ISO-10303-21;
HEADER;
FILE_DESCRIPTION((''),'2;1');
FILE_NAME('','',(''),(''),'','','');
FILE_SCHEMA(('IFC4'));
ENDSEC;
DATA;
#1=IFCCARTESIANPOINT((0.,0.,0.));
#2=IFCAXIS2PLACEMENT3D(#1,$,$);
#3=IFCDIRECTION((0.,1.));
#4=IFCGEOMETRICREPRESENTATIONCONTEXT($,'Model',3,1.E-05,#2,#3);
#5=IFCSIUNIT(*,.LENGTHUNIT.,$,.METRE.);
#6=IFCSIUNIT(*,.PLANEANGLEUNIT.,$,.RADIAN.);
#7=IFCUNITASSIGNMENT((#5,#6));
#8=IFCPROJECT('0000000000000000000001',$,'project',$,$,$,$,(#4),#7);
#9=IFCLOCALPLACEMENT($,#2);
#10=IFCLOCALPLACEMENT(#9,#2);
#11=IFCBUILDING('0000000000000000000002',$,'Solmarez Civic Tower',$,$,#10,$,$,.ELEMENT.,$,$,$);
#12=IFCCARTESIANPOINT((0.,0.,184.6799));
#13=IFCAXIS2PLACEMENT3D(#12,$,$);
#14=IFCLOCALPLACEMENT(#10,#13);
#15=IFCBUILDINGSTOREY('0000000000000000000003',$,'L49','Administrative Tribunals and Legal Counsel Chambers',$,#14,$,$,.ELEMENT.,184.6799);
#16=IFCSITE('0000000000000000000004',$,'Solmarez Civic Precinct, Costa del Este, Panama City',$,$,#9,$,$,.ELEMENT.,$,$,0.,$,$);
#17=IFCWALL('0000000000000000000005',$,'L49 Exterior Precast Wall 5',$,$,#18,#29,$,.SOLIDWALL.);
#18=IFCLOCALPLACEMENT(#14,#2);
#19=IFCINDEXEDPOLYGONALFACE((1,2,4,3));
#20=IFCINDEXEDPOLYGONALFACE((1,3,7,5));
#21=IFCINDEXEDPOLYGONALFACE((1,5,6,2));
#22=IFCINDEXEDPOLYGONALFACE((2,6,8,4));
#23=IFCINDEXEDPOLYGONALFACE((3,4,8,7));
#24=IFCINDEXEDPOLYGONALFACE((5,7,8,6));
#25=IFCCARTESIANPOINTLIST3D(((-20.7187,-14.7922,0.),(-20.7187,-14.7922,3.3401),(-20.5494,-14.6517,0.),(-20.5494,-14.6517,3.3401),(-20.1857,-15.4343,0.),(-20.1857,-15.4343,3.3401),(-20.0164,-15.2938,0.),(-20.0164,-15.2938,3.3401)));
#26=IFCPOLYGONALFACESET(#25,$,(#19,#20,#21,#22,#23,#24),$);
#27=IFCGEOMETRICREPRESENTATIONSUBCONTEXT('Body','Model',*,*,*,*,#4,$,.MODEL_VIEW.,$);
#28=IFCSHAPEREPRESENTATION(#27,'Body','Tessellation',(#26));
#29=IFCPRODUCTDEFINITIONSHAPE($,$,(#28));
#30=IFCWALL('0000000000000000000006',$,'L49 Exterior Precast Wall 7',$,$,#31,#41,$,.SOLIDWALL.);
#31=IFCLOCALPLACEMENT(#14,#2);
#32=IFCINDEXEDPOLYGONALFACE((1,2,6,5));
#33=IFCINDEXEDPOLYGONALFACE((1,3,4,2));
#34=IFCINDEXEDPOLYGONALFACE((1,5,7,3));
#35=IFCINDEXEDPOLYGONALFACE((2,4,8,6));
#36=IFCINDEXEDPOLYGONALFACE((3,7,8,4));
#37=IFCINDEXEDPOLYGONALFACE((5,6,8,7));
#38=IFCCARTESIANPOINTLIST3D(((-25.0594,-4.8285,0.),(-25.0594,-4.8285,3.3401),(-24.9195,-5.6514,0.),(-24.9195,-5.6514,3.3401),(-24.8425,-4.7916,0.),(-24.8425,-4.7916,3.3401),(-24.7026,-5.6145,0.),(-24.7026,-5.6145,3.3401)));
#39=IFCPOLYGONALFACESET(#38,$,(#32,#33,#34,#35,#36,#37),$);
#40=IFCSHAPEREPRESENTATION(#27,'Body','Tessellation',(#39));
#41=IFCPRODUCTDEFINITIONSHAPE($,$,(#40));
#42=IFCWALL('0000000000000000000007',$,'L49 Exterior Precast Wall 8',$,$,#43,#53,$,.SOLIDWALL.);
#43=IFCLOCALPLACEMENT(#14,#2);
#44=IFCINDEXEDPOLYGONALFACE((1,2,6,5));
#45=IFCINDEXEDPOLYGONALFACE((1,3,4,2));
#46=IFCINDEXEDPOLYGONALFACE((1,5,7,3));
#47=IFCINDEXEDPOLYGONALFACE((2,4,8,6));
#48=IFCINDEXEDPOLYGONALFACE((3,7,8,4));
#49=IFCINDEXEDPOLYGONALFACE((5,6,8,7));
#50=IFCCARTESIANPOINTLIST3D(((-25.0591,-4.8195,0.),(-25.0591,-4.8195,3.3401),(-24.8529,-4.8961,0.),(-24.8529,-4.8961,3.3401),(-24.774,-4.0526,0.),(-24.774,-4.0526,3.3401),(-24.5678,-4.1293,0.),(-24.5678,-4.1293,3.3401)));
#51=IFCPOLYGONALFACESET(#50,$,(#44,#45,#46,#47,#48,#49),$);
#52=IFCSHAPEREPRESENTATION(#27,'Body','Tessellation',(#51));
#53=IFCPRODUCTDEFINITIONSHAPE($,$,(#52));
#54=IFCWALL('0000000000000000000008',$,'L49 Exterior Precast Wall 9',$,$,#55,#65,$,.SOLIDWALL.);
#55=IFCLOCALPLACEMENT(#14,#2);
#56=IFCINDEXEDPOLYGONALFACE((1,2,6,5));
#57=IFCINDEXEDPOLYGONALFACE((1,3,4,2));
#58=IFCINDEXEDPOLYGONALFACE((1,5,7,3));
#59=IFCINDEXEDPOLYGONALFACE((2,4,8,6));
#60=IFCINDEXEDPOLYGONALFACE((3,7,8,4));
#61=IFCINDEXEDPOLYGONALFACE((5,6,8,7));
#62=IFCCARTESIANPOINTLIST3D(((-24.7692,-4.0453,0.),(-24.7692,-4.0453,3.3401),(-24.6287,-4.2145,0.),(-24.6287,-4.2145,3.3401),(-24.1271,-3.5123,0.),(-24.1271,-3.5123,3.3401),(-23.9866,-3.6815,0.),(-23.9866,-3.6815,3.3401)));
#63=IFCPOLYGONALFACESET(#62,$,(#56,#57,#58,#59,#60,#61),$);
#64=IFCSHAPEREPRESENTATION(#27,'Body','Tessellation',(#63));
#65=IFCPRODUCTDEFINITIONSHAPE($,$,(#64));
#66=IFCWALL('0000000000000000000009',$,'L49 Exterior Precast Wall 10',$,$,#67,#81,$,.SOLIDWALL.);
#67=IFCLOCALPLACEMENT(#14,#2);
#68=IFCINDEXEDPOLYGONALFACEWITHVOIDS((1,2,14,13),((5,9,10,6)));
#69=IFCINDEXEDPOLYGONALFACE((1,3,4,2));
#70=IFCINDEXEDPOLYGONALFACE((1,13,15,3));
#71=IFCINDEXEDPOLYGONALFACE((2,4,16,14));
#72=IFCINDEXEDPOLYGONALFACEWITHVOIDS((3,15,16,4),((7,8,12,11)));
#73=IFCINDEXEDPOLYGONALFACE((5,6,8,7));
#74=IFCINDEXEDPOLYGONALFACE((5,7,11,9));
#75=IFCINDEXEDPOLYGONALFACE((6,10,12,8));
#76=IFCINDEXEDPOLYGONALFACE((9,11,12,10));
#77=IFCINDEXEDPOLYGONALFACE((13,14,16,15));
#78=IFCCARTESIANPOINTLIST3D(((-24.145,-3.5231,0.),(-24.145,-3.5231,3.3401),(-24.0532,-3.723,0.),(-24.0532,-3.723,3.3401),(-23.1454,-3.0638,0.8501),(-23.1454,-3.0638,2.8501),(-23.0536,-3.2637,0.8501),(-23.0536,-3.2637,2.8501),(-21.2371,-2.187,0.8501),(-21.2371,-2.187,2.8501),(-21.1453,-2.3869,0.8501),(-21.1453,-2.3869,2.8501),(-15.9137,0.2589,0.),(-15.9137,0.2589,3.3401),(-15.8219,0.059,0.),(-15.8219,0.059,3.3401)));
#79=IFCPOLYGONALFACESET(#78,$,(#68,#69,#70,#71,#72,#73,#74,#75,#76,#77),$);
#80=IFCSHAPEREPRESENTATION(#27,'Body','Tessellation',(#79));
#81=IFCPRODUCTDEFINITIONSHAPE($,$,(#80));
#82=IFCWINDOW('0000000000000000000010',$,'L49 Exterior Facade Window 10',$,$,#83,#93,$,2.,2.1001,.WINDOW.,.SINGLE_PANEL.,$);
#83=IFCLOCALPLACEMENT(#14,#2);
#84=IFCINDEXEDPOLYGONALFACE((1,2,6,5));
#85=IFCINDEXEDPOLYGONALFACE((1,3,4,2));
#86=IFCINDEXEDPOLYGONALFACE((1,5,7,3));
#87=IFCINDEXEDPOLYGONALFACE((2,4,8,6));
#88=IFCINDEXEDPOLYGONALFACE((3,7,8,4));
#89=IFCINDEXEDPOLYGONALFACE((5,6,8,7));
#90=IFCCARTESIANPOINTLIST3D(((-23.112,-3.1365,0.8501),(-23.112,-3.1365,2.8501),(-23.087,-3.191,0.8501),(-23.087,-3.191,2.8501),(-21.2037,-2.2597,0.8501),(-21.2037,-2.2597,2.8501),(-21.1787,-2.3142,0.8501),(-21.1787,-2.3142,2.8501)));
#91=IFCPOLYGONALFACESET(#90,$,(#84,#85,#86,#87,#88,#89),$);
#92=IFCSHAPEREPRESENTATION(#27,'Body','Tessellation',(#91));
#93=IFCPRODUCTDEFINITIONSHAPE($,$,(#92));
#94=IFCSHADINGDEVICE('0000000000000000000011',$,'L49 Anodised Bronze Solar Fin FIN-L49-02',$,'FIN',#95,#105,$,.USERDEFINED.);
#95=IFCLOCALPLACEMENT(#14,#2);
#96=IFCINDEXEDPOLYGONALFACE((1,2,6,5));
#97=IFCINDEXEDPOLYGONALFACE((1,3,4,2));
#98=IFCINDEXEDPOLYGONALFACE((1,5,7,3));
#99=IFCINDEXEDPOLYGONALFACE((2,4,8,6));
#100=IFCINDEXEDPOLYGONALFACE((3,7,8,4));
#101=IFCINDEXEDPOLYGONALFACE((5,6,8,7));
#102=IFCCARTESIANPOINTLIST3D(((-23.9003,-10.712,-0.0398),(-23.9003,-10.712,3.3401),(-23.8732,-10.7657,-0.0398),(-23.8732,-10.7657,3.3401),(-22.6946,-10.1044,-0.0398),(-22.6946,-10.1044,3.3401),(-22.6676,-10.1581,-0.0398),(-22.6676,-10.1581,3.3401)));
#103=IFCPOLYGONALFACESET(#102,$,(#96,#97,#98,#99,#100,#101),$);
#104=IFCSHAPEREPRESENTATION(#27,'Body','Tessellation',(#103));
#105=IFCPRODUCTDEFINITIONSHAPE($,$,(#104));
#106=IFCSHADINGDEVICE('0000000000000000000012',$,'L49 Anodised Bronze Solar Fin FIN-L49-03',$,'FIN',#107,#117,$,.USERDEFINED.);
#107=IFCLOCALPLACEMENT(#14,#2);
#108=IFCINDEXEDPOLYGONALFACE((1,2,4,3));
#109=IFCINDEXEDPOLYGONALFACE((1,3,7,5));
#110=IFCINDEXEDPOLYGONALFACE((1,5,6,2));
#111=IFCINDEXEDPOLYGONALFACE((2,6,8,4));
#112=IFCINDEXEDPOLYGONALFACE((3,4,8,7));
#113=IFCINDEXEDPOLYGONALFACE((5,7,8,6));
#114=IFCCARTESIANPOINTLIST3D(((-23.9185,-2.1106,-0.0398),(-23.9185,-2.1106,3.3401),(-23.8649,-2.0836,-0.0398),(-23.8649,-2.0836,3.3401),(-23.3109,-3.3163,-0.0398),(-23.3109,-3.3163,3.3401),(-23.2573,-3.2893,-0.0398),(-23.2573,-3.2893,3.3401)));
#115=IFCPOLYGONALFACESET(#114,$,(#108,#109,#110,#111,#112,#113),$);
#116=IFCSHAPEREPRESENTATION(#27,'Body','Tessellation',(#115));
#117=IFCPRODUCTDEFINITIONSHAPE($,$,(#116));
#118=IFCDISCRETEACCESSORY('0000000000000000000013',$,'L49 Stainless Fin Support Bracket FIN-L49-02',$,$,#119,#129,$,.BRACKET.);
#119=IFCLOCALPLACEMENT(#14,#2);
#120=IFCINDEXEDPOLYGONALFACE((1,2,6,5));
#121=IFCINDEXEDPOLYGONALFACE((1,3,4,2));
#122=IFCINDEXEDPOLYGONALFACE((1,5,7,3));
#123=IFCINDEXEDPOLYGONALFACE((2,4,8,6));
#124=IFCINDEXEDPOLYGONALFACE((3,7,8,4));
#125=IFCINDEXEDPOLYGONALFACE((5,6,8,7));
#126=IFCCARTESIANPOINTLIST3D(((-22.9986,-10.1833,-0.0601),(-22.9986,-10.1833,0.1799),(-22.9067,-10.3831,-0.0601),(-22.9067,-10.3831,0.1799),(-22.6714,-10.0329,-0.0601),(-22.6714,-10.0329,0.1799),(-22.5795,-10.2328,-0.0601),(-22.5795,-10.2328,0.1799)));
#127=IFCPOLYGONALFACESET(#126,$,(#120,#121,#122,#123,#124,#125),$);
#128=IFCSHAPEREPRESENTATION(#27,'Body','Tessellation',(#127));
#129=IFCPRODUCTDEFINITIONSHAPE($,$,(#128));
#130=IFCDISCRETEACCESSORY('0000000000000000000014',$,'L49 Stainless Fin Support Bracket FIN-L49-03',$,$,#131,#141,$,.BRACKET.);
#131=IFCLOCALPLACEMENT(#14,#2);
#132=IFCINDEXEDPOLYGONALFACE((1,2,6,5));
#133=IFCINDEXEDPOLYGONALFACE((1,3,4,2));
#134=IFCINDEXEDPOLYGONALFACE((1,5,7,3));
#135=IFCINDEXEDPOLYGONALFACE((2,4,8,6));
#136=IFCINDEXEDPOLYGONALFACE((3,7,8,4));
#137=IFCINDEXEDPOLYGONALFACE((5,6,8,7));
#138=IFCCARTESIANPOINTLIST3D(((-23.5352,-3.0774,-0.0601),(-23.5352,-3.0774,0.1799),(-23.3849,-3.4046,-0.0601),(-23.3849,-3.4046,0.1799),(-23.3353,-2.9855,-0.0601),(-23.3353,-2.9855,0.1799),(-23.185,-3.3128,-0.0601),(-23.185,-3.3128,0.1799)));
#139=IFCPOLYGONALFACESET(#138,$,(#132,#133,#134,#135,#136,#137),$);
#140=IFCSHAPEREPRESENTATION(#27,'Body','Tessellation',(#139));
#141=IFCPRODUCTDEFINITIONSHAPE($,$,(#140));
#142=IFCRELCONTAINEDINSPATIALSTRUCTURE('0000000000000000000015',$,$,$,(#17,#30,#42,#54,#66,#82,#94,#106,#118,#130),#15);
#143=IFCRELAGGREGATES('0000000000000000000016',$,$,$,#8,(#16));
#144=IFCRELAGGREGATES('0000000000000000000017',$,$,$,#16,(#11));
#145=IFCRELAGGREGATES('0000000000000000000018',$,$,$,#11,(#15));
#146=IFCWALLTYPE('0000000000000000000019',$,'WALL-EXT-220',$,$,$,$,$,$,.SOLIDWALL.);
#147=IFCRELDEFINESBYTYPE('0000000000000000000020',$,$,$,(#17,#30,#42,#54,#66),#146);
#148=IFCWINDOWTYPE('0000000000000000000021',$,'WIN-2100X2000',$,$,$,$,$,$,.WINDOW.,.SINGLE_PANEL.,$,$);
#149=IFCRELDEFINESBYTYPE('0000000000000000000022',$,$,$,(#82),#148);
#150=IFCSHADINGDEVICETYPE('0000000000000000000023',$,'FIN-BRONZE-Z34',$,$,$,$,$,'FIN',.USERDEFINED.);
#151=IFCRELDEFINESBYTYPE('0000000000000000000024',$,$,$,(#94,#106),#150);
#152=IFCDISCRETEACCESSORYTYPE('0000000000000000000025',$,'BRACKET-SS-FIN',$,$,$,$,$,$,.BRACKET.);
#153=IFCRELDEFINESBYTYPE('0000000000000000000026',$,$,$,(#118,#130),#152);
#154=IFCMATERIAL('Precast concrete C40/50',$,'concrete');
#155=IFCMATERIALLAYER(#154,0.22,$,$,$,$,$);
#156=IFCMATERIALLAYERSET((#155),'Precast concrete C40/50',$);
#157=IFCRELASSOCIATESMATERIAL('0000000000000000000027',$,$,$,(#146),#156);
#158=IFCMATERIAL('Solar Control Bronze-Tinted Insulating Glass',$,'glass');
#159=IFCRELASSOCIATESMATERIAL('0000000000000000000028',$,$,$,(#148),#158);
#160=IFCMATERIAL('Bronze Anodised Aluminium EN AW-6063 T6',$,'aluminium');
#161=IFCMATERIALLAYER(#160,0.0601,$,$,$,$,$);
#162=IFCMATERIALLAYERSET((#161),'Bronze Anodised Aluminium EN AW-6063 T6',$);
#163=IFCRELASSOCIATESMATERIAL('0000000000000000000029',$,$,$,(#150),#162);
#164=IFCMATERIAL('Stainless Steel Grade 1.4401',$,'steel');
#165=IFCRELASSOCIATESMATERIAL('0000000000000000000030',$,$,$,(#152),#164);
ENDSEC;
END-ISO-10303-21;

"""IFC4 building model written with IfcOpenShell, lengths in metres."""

from ifc_helpers import new_model, si_unit, direction, frame, frame_2d, origin, origin_2d, place, context, subcontext, project, spatial, rectangle, extrude, material, layer, layer_set, type_object, element, fill, save


model = new_model("IFC4")

# Units and contexts
model_context = context("Model", 3, precision=1e-05, world=origin(), true_north=direction((0.0, 1.0)))
body_context = subcontext(model_context, "Body", "Model", "MODEL_VIEW")
ifc_project = project(units=[si_unit("LENGTHUNIT", "METRE"), si_unit("PLANEANGLEUNIT", "RADIAN")], contexts=[model_context])

# Site, building, storey
site_placement = place(None, origin())
site = spatial("IfcSite", under=ifc_project, at=site_placement, Name="Solmarez Civic Precinct, Costa del Este, Panama City", CompositionType="ELEMENT", RefElevation=0.0)
building_placement = place(site_placement, origin())
building = spatial("IfcBuilding", under=site, at=building_placement, Name="Solmarez Civic Tower", CompositionType="ELEMENT")
storey_placement = place(building_placement, frame((0.0, 0.0, 184.6799)))
storey = spatial("IfcBuildingStorey", under=building, at=storey_placement, Name="L49", Description="Administrative Tribunals and Legal Counsel Chambers", CompositionType="ELEMENT", Elevation=184.6799)

# Shared definitions
ifc_material_1 = material(Name="Bronze Anodised Aluminium EN AW-6063 T6", Category="aluminium")

# Walls
ifc_material_2 = material(Name="Precast concrete C40/50", Category="concrete")
ifc_layer_1 = layer(ifc_material_2, 0.22)
ifc_layer_set_1 = layer_set([ifc_layer_1], Name="Precast concrete C40/50")
wall_type = type_object("IfcWallType", Name="WALL-EXT-220", PredefinedType="SOLIDWALL", material=ifc_layer_set_1)
wall_1_placement = place(storey_placement, frame((-20.1011, -15.364, 0.0), z_axis=(0.0, 0.0, 1.0), x_axis=(-0.638687, 0.769467, 0.0)))
element("IfcWall", 1, at=wall_1_placement, inside=storey, type_object=wall_type, Name="L49 Exterior Precast Wall 5", PredefinedType="SOLIDWALL", context=body_context, shape_type="SweptSolid", body=[
    extrude(rectangle(XDim=0.8345, YDim=0.22, at=frame_2d((0.4172, 0.0))), origin(), (0.0, 0.0, 1.0), 3.3401),
])
wall_2_placement = place(storey_placement, frame((-24.811, -5.6331, 0.0), z_axis=(0.0, 0.0, 1.0), x_axis=(-0.167576, 0.985859, 0.0)))
element("IfcWall", 2, at=wall_2_placement, inside=storey, type_object=wall_type, Name="L49 Exterior Precast Wall 7", PredefinedType="SOLIDWALL", context=body_context, shape_type="SweptSolid", body=[
    extrude(rectangle(XDim=0.8347, YDim=0.22, at=frame_2d((0.4175, 0.0))), origin(), (0.0, 0.0, 1.0), 3.3401),
])
wall_3_placement = place(storey_placement, frame((-24.9561, -4.8579, 0.0), z_axis=(0.0, 0.0, 1.0), x_axis=(0.348539, 0.937294, 0.0)))
element("IfcWall", 3, at=wall_3_placement, inside=storey, type_object=wall_type, Name="L49 Exterior Precast Wall 8", PredefinedType="SOLIDWALL", context=body_context, shape_type="SweptSolid", body=[
    extrude(rectangle(XDim=0.8181, YDim=0.22, at=frame_2d((0.4092, 0.0))), origin(), (0.0, 0.0, 1.0), 3.3401),
])
wall_4_placement = place(storey_placement, frame((-24.699, -4.1299, 0.0), z_axis=(0.0, 0.0, 1.0), x_axis=(0.769467, 0.638687, 0.0)))
element("IfcWall", 4, at=wall_4_placement, inside=storey, type_object=wall_type, Name="L49 Exterior Precast Wall 9", PredefinedType="SOLIDWALL", context=body_context, shape_type="SweptSolid", body=[
    extrude(rectangle(XDim=0.8345, YDim=0.22, at=frame_2d((0.4172, 0.0))), origin(), (0.0, 0.0, 1.0), 3.3401),
])

# Wall, opening, window
wall_5_placement = place(storey_placement, frame((-24.0991, -3.623, 0.0), z_axis=(0.0, 0.0, 1.0), x_axis=(0.908674, 0.417507, 0.0)))
wall_5 = element("IfcWall", 5, at=wall_5_placement, inside=storey, type_object=wall_type, Name="L49 Exterior Precast Wall 10", PredefinedType="SOLIDWALL", context=body_context, shape_type="SweptSolid", body=[
    extrude(rectangle(XDim=9.0586, YDim=0.22, at=frame_2d((4.5293, 0.0))), origin(), (0.0, 0.0, 1.0), 3.3401),
])
opening_placement = place(wall_5_placement, frame((1.1001, 0.0, 0.8501)))
opening = element("IfcOpeningElement", 6, at=opening_placement, cuts=wall_5, PredefinedType="OPENING", context=body_context, shape_type="SweptSolid", body=[
    extrude(rectangle(XDim=2.1001, YDim=2.0, at=frame_2d((1.05, 1.0))), frame((0.0, 0.1199, 0.0), z_axis=(0.0, -1.0, 0.0), x_axis=(1.0, 0.0, 0.0)), (0.0, 0.0, 1.0), 0.24),
])
ifc_material_3 = material(Name="Solar Control Bronze-Tinted Insulating Glass", Category="glass")
window_type = type_object("IfcWindowType", Name="WIN-2100X2000", PartitioningType="SINGLE_PANEL", PredefinedType="WINDOW", material=ifc_material_3)
window_placement = place(opening_placement, origin())
window = element("IfcWindow", 7, at=window_placement, inside=storey, type_object=window_type, Name="L49 Exterior Facade Window 10", OverallHeight=2.0, OverallWidth=2.1001, PartitioningType="SINGLE_PANEL", PredefinedType="WINDOW", context=body_context, shape_type="SweptSolid", body=[
    extrude(rectangle(XDim=2.1001, YDim=2.0, at=frame_2d((1.05, 1.0))), frame((0.0, 0.03, 0.0), z_axis=(0.0, -1.0, 0.0), x_axis=(1.0, 0.0, 0.0)), (0.0, 0.0, 1.0), 0.0601),
])
fill(opening, window)

# Shading devices
ifc_layer_2 = layer(ifc_material_1, 0.0601)
ifc_layer_set_2 = layer_set([ifc_layer_2], Name="Bronze Anodised Aluminium EN AW-6063 T6")
shading_device_type = type_object("IfcShadingDeviceType", Name="FIN-BRONZE-Z34", ElementType="FIN", PredefinedType="USERDEFINED", material=ifc_layer_set_2)
for number, where, z_axis, x_axis, name in (
    (8, (-23.2839, -10.4351, -0.0398), (0.0, 0.0, 1.0), (-0.89301, -0.450036, 0.0), "L49 Anodised Bronze Solar Fin FIN-L49-02"),
    (9, (-23.5879, -2.7, -0.0398), (0.0, 0.0, 1.0), (-0.450021, 0.893018, 0.0), "L49 Anodised Bronze Solar Fin FIN-L49-03"),
):
    element("IfcShadingDevice", number, at=place(storey_placement, frame(where, z_axis=z_axis, x_axis=x_axis)), inside=storey, type_object=shading_device_type, Name=name, ObjectType="FIN", PredefinedType="USERDEFINED", context=body_context, shape_type="SweptSolid", body=[
        extrude(rectangle(XDim=1.3501, YDim=0.0601, at=origin_2d()), origin(), (0.0, 0.0, 1.0), 3.3799),
    ])

# Discrete accessories
ifc_material_4 = material(Name="Stainless Steel Grade 1.4401", Category="steel")
discrete_accessory_type = type_object("IfcDiscreteAccessoryType", Name="BRACKET-SS-FIN", PredefinedType="BRACKET", material=ifc_material_4)
for number, where, z_axis, x_axis, name in (
    (10, (-22.7891, -10.208, -0.0601), (0.0, 0.0, 1.0), (-0.908648, -0.417562, 0.0), "L49 Stainless Fin Support Bracket FIN-L49-02"),
    (11, (-23.3601, -3.1951, -0.0601), (0.0, 0.0, 1.0), (-0.417548, 0.908655, 0.0), "L49 Stainless Fin Support Bracket FIN-L49-03"),
):
    element("IfcDiscreteAccessory", number, at=place(storey_placement, frame(where, z_axis=z_axis, x_axis=x_axis)), inside=storey, type_object=discrete_accessory_type, Name=name, PredefinedType="BRACKET", context=body_context, shape_type="SweptSolid", body=[
        extrude(rectangle(XDim=0.3601, YDim=0.22, at=origin_2d()), origin(), (0.0, 0.0, 1.0), 0.24),
    ])

save(model, "model.ifc")
